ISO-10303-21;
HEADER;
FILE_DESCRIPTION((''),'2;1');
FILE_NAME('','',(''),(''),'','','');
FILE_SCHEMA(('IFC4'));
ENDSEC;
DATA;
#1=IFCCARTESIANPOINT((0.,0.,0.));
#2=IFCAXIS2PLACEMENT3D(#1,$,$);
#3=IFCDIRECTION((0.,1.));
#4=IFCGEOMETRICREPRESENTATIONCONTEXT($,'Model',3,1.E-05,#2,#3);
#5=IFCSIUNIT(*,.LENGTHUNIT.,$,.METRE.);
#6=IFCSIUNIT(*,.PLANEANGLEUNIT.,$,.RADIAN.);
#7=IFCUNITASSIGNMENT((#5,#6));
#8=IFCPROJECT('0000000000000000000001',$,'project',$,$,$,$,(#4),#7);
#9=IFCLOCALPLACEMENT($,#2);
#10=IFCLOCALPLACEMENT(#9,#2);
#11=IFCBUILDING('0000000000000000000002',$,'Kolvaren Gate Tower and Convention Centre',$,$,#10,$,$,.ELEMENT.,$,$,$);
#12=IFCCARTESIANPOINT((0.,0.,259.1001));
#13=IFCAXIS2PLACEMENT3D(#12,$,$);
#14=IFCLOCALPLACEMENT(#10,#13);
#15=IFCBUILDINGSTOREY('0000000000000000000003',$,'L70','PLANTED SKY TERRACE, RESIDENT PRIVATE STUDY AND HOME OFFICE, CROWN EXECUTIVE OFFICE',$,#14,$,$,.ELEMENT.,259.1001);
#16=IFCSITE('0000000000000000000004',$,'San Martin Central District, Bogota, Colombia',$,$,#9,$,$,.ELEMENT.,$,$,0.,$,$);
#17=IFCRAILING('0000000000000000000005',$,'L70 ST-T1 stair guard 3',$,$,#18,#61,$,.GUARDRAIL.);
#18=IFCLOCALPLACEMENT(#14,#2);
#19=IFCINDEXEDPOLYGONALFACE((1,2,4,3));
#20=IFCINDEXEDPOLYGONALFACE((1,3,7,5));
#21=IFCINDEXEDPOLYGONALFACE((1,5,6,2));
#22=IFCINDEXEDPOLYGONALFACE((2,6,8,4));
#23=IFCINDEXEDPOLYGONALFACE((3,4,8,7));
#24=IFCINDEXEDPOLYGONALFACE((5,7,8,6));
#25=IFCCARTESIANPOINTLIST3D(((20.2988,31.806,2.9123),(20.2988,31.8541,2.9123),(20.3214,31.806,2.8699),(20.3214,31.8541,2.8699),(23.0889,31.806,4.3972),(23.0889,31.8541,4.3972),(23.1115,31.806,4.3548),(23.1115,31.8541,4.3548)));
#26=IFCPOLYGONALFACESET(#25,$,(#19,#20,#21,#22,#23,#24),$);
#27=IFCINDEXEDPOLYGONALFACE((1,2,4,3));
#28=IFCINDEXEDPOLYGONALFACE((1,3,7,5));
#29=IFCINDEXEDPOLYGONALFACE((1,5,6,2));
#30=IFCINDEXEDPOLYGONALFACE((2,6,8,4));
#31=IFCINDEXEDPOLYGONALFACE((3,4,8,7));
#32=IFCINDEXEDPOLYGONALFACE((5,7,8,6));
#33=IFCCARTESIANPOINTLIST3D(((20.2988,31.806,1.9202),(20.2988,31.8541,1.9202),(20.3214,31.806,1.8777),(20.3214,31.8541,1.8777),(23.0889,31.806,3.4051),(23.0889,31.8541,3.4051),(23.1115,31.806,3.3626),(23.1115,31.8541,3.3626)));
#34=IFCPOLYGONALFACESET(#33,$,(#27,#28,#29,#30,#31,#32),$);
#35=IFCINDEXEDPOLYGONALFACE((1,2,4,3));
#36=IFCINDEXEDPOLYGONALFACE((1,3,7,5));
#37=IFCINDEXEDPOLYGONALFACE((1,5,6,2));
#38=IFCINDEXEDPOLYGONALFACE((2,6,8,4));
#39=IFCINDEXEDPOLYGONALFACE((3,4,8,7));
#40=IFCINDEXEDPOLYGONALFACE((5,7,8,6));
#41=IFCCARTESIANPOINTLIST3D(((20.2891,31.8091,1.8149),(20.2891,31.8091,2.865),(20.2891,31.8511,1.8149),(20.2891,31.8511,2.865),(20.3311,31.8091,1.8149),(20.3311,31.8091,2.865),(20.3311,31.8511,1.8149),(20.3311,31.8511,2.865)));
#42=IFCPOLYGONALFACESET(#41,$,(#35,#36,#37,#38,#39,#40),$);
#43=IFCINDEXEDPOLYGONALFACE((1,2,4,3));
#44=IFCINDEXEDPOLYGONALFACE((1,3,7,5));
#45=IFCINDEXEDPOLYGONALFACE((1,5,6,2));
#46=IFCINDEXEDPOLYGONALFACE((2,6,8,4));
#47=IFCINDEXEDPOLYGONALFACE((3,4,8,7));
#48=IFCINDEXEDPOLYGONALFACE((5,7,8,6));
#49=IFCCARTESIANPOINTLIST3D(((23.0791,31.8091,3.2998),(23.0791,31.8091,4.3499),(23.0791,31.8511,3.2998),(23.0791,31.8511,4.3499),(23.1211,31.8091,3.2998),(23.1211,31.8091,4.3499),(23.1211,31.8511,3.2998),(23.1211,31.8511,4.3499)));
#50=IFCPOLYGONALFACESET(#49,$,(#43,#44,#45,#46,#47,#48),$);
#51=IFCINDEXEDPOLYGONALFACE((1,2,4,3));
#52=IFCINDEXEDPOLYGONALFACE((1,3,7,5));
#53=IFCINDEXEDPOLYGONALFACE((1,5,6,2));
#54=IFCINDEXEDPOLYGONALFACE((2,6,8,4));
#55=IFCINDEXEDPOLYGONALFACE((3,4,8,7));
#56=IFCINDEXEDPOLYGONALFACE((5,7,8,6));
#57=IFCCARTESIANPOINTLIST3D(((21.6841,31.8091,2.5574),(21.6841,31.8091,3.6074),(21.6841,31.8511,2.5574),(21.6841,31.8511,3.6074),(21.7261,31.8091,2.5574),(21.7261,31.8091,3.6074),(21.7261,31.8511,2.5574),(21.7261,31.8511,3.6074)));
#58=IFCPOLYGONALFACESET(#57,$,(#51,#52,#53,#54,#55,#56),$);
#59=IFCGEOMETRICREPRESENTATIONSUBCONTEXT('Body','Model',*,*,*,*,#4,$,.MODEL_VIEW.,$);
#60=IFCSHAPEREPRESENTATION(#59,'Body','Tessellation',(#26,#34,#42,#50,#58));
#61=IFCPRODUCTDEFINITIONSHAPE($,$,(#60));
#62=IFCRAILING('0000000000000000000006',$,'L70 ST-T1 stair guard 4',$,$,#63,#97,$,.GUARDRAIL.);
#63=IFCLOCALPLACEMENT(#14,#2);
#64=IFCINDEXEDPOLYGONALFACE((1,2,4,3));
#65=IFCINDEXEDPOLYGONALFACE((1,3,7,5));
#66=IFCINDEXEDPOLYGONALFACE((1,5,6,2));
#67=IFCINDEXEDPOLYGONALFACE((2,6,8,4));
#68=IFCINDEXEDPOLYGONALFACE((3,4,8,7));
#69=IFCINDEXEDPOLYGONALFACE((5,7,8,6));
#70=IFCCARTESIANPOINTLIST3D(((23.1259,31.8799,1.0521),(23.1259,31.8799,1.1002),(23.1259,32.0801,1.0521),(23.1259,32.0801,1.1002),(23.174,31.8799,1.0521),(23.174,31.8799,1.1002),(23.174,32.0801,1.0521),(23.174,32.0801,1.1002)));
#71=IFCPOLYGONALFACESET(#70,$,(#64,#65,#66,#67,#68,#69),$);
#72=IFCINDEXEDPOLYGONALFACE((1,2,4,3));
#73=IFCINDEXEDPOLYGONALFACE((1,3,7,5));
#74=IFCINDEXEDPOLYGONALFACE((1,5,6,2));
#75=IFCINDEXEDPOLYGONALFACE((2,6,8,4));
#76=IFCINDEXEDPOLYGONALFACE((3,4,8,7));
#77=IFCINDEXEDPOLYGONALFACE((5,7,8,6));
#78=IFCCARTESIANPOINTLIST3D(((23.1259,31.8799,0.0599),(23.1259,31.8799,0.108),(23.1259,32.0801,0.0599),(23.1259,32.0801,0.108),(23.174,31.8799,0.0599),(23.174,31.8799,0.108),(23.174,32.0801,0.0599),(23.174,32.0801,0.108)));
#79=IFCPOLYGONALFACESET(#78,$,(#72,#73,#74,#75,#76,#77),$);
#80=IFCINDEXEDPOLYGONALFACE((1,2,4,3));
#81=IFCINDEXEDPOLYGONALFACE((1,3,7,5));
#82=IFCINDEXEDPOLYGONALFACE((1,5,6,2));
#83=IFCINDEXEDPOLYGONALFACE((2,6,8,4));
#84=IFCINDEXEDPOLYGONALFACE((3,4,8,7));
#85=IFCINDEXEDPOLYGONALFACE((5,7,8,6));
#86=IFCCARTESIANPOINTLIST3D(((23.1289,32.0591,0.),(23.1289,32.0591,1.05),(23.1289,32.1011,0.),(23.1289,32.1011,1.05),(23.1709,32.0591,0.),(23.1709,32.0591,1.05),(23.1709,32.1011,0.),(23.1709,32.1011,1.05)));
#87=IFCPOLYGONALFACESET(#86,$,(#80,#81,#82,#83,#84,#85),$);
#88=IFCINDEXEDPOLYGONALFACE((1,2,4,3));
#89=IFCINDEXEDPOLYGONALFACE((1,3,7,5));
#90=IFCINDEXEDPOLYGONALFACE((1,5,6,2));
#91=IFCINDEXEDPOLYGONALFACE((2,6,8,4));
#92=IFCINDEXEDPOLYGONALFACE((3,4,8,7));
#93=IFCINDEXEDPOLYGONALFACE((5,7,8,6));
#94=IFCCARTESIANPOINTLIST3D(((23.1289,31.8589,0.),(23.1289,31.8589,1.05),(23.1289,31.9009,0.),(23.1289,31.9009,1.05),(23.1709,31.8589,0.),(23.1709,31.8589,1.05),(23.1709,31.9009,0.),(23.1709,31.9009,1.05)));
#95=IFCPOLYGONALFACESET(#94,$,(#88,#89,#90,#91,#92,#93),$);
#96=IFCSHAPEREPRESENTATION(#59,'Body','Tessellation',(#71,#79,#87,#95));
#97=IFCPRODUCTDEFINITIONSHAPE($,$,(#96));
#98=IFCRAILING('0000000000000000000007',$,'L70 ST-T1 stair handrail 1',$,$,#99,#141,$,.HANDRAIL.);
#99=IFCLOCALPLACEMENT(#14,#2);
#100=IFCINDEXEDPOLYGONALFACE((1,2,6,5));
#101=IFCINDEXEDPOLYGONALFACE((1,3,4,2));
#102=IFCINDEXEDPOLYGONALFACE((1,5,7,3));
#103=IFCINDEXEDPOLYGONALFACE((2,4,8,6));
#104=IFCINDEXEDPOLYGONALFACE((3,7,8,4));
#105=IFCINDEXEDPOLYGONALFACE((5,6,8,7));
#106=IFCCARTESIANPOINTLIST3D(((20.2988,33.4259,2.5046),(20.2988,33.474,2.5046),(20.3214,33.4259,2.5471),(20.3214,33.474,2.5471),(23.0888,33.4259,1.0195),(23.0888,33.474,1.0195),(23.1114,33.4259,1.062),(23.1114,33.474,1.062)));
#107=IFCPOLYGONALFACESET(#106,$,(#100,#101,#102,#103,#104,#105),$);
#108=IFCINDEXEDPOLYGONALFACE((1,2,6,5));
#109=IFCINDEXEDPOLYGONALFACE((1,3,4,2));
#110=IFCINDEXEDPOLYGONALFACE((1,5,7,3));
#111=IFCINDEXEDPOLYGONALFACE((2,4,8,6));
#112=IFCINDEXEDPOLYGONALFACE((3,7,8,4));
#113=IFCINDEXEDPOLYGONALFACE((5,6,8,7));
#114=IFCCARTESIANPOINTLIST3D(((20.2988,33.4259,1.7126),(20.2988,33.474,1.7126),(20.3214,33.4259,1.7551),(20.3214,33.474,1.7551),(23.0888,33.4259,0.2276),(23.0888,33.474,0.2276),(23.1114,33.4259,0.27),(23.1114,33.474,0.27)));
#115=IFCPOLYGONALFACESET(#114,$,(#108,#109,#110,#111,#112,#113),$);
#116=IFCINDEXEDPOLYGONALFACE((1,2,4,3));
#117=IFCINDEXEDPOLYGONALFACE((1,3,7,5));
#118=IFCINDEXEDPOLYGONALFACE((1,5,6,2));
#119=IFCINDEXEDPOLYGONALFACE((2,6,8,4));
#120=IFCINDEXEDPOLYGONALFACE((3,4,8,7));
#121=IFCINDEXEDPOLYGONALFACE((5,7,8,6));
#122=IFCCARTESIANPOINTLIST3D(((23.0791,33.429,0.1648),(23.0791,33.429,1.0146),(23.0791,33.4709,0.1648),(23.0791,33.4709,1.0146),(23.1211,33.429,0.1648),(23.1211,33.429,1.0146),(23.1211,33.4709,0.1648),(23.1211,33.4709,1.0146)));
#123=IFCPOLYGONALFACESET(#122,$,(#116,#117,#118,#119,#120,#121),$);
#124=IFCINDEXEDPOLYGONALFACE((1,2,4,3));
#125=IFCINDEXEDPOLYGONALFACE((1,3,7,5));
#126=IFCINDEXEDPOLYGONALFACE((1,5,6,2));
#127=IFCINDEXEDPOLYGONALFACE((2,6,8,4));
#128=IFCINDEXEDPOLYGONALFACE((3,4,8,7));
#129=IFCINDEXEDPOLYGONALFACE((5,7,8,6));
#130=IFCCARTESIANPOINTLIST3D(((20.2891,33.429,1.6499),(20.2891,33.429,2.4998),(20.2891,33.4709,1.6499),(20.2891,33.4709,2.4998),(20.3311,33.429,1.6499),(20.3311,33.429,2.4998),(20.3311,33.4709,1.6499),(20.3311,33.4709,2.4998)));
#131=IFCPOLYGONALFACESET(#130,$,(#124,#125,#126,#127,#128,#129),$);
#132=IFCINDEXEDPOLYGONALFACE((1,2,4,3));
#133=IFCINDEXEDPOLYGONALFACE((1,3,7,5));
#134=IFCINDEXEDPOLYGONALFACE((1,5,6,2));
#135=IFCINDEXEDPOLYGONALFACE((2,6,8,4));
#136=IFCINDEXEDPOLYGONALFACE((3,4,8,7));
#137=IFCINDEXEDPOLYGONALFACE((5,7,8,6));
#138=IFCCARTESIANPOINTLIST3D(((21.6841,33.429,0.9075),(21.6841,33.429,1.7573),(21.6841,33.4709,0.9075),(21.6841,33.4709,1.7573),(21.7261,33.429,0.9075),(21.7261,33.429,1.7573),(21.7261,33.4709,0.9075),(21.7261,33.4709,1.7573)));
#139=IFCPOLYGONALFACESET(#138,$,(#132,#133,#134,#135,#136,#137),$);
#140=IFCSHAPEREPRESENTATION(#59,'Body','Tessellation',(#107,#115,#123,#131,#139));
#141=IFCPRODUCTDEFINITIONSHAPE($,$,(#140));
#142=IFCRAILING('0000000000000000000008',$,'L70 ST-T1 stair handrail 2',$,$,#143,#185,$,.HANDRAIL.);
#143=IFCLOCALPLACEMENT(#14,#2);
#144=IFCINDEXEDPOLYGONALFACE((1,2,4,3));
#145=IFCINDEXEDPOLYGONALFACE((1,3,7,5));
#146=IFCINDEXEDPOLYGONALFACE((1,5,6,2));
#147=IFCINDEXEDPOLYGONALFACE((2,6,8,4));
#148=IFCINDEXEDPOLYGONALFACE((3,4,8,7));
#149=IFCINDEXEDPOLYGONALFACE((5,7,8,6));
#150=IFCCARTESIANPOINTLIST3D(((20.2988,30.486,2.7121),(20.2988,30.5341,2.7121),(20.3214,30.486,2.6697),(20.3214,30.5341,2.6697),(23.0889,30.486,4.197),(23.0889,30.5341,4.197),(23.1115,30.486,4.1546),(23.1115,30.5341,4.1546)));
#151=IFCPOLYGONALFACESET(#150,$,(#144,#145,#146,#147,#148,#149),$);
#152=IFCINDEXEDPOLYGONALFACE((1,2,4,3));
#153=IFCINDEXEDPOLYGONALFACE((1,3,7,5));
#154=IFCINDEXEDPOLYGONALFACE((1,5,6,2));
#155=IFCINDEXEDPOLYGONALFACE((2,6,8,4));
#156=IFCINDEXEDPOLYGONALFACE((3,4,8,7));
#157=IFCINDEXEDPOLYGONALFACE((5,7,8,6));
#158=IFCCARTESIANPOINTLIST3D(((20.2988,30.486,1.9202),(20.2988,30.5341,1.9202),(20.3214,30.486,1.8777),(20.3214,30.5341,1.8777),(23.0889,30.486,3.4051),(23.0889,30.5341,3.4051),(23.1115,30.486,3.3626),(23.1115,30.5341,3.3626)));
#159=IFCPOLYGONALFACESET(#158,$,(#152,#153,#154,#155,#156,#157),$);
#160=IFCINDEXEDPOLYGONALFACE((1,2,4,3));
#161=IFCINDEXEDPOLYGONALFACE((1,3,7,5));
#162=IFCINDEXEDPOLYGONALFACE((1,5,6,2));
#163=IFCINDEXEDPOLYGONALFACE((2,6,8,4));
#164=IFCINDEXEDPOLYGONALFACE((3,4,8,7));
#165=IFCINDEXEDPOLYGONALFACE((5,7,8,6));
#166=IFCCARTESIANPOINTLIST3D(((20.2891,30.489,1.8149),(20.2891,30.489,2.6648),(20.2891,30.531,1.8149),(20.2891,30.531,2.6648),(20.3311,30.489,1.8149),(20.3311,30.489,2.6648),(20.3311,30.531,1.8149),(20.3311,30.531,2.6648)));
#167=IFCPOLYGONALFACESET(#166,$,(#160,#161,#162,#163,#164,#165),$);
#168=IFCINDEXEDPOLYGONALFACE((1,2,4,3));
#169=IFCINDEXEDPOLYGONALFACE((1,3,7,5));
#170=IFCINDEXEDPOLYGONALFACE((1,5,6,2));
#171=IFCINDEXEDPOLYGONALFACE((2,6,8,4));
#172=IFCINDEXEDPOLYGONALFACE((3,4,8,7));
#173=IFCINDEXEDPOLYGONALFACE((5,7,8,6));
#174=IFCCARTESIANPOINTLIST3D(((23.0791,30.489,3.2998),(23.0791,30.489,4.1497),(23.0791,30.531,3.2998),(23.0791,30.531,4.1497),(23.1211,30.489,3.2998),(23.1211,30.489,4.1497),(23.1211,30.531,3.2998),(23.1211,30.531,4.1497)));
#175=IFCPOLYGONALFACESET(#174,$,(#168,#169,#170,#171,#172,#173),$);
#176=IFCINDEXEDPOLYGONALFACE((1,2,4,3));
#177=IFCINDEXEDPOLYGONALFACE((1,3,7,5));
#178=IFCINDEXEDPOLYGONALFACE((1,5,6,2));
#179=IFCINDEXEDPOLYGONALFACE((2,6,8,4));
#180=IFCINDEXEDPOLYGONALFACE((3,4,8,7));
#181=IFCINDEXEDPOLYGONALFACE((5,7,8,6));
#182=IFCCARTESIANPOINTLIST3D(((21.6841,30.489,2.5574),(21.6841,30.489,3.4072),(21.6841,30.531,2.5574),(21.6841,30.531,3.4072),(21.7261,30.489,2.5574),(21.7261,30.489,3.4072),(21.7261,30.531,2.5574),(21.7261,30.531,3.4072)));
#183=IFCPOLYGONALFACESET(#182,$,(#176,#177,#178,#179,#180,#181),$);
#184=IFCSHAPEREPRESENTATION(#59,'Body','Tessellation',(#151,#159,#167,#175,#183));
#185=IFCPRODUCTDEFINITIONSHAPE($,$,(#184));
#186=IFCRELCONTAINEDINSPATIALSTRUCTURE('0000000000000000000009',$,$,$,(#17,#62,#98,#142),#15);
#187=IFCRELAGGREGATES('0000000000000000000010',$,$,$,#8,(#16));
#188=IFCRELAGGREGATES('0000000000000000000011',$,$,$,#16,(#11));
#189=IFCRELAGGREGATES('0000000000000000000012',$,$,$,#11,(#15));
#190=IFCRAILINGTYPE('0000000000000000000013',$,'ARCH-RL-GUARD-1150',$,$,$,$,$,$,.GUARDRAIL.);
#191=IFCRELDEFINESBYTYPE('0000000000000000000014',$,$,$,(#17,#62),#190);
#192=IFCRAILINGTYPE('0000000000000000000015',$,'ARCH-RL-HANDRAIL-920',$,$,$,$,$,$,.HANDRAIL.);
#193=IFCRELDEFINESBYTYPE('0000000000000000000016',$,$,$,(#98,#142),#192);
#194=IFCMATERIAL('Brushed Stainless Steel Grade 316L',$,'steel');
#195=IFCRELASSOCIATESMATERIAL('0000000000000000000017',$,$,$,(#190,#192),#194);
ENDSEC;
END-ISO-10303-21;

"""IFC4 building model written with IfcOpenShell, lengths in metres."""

from ifc_helpers import new_model, si_unit, direction, frame, origin, origin_2d, place, context, subcontext, project, spatial, rectangle, extrude, material, type_object, element, save


model = new_model("IFC4")

# Units and contexts
model_context = context("Model", 3, precision=1e-05, world=origin(), true_north=direction((0.0, 1.0)))
body_context = subcontext(model_context, "Body", "Model", "MODEL_VIEW")
ifc_project = project(units=[si_unit("LENGTHUNIT", "METRE"), si_unit("PLANEANGLEUNIT", "RADIAN")], contexts=[model_context])

# Site, building, storey
site_placement = place(None, origin())
site = spatial("IfcSite", under=ifc_project, at=site_placement, Name="San Martin Central District, Bogota, Colombia", CompositionType="ELEMENT", RefElevation=0.0)
building_placement = place(site_placement, origin())
building = spatial("IfcBuilding", under=site, at=building_placement, Name="Kolvaren Gate Tower and Convention Centre", CompositionType="ELEMENT")
storey_placement = place(building_placement, frame((0.0, 0.0, 259.1001)))
storey = spatial("IfcBuildingStorey", under=building, at=storey_placement, Name="L70", Description="PLANTED SKY TERRACE, RESIDENT PRIVATE STUDY AND HOME OFFICE, CROWN EXECUTIVE OFFICE", CompositionType="ELEMENT", Elevation=259.1001)

# Shared definitions
ifc_material_1 = material(Name="Brushed Stainless Steel Grade 316L", Category="steel")

# Railings
railing_type_1 = type_object("IfcRailingType", Name="ARCH-RL-GUARD-1150", PredefinedType="GUARDRAIL", material=ifc_material_1)
railing_1_placement = place(storey_placement, frame((20.3101, 31.8301, 1.8149)))
element("IfcRailing", 1, at=railing_1_placement, inside=storey, type_object=railing_type_1, Name="L70 ST-T1 stair guard 3", PredefinedType="GUARDRAIL", context=body_context, shape_type="SweptSolid", body=[
    extrude(rectangle(XDim=0.0481, YDim=0.0481, at=origin_2d()), frame((0.0, 0.0, 1.0762), z_axis=(0.882767, 0.0, 0.46981), x_axis=(0.0, 1.0, 0.0)), (0.0, 0.0, 1.0), 3.1606),
    extrude(rectangle(XDim=0.0481, YDim=0.0481, at=origin_2d()), frame((0.0, 0.0, 0.084), z_axis=(0.882767, 0.0, 0.46981), x_axis=(0.0, 1.0, 0.0)), (0.0, 0.0, 1.0), 3.1606),
    extrude(rectangle(XDim=0.042, YDim=0.042, at=origin_2d()), origin(), (0.0, 0.0, 1.0), 1.05),
    extrude(rectangle(XDim=0.042, YDim=0.042, at=origin_2d()), frame((2.79, 0.0, 1.4849)), (0.0, 0.0, 1.0), 1.05),
    extrude(rectangle(XDim=0.042, YDim=0.042, at=origin_2d()), frame((1.395, 0.0, 0.7424)), (0.0, 0.0, 1.0), 1.05),
])
railing_2_placement = place(storey_placement, frame((23.1499, 32.0801, 0.0)))
element("IfcRailing", 2, at=railing_2_placement, inside=storey, type_object=railing_type_1, Name="L70 ST-T1 stair guard 4", PredefinedType="GUARDRAIL", context=body_context, shape_type="SweptSolid", body=[
    extrude(rectangle(XDim=0.0481, YDim=0.0481, at=origin_2d()), frame((0.0, 0.0, 1.0762), z_axis=(0.0, -1.0, 0.0), x_axis=(1.0, 0.0, 0.0)), (0.0, 0.0, 1.0), 0.2002),
    extrude(rectangle(XDim=0.0481, YDim=0.0481, at=origin_2d()), frame((0.0, 0.0, 0.084), z_axis=(0.0, -1.0, 0.0), x_axis=(1.0, 0.0, 0.0)), (0.0, 0.0, 1.0), 0.2002),
    extrude(rectangle(XDim=0.042, YDim=0.042, at=origin_2d()), origin(), (0.0, 0.0, 1.0), 1.05),
    extrude(rectangle(XDim=0.042, YDim=0.042, at=origin_2d()), frame((0.0, -0.2002, 0.0)), (0.0, 0.0, 1.0), 1.05),
])
railing_type_2 = type_object("IfcRailingType", Name="ARCH-RL-HANDRAIL-920", PredefinedType="HANDRAIL", material=ifc_material_1)
railing_3_placement = place(storey_placement, frame((23.1001, 33.45, 0.1648)))
element("IfcRailing", 3, at=railing_3_placement, inside=storey, type_object=railing_type_2, Name="L70 ST-T1 stair handrail 1", PredefinedType="HANDRAIL", context=body_context, shape_type="SweptSolid", body=[
    extrude(rectangle(XDim=0.0481, YDim=0.0481, at=origin_2d()), frame((0.0, 0.0, 0.876), z_axis=(-0.882735, 0.0, 0.46987), x_axis=(0.0, -1.0, 0.0)), (0.0, 0.0, 1.0), 3.1606),
    extrude(rectangle(XDim=0.0481, YDim=0.0481, at=origin_2d()), frame((0.0, 0.0, 0.084), z_axis=(-0.882735, 0.0, 0.46987), x_axis=(0.0, -1.0, 0.0)), (0.0, 0.0, 1.0), 3.1606),
    extrude(rectangle(XDim=0.042, YDim=0.042, at=origin_2d()), origin(), (0.0, 0.0, 1.0), 0.8499),
    extrude(rectangle(XDim=0.042, YDim=0.042, at=origin_2d()), frame((-2.79, 0.0, 1.4851)), (0.0, 0.0, 1.0), 0.8499),
    extrude(rectangle(XDim=0.042, YDim=0.042, at=origin_2d()), frame((-1.395, 0.0, 0.7427)), (0.0, 0.0, 1.0), 0.8499),
])
railing_4_placement = place(storey_placement, frame((20.3101, 30.51, 1.8149)))
element("IfcRailing", 4, at=railing_4_placement, inside=storey, type_object=railing_type_2, Name="L70 ST-T1 stair handrail 2", PredefinedType="HANDRAIL", context=body_context, shape_type="SweptSolid", body=[
    extrude(rectangle(XDim=0.0481, YDim=0.0481, at=origin_2d()), frame((0.0, 0.0, 0.876), z_axis=(0.882767, 0.0, 0.46981), x_axis=(0.0, 1.0, 0.0)), (0.0, 0.0, 1.0), 3.1606),
    extrude(rectangle(XDim=0.0481, YDim=0.0481, at=origin_2d()), frame((0.0, 0.0, 0.084), z_axis=(0.882767, 0.0, 0.46981), x_axis=(0.0, 1.0, 0.0)), (0.0, 0.0, 1.0), 3.1606),
    extrude(rectangle(XDim=0.042, YDim=0.042, at=origin_2d()), origin(), (0.0, 0.0, 1.0), 0.8499),
    extrude(rectangle(XDim=0.042, YDim=0.042, at=origin_2d()), frame((2.79, 0.0, 1.4849)), (0.0, 0.0, 1.0), 0.8499),
    extrude(rectangle(XDim=0.042, YDim=0.042, at=origin_2d()), frame((1.395, 0.0, 0.7424)), (0.0, 0.0, 1.0), 0.8499),
])

save(model, "model.ifc")
